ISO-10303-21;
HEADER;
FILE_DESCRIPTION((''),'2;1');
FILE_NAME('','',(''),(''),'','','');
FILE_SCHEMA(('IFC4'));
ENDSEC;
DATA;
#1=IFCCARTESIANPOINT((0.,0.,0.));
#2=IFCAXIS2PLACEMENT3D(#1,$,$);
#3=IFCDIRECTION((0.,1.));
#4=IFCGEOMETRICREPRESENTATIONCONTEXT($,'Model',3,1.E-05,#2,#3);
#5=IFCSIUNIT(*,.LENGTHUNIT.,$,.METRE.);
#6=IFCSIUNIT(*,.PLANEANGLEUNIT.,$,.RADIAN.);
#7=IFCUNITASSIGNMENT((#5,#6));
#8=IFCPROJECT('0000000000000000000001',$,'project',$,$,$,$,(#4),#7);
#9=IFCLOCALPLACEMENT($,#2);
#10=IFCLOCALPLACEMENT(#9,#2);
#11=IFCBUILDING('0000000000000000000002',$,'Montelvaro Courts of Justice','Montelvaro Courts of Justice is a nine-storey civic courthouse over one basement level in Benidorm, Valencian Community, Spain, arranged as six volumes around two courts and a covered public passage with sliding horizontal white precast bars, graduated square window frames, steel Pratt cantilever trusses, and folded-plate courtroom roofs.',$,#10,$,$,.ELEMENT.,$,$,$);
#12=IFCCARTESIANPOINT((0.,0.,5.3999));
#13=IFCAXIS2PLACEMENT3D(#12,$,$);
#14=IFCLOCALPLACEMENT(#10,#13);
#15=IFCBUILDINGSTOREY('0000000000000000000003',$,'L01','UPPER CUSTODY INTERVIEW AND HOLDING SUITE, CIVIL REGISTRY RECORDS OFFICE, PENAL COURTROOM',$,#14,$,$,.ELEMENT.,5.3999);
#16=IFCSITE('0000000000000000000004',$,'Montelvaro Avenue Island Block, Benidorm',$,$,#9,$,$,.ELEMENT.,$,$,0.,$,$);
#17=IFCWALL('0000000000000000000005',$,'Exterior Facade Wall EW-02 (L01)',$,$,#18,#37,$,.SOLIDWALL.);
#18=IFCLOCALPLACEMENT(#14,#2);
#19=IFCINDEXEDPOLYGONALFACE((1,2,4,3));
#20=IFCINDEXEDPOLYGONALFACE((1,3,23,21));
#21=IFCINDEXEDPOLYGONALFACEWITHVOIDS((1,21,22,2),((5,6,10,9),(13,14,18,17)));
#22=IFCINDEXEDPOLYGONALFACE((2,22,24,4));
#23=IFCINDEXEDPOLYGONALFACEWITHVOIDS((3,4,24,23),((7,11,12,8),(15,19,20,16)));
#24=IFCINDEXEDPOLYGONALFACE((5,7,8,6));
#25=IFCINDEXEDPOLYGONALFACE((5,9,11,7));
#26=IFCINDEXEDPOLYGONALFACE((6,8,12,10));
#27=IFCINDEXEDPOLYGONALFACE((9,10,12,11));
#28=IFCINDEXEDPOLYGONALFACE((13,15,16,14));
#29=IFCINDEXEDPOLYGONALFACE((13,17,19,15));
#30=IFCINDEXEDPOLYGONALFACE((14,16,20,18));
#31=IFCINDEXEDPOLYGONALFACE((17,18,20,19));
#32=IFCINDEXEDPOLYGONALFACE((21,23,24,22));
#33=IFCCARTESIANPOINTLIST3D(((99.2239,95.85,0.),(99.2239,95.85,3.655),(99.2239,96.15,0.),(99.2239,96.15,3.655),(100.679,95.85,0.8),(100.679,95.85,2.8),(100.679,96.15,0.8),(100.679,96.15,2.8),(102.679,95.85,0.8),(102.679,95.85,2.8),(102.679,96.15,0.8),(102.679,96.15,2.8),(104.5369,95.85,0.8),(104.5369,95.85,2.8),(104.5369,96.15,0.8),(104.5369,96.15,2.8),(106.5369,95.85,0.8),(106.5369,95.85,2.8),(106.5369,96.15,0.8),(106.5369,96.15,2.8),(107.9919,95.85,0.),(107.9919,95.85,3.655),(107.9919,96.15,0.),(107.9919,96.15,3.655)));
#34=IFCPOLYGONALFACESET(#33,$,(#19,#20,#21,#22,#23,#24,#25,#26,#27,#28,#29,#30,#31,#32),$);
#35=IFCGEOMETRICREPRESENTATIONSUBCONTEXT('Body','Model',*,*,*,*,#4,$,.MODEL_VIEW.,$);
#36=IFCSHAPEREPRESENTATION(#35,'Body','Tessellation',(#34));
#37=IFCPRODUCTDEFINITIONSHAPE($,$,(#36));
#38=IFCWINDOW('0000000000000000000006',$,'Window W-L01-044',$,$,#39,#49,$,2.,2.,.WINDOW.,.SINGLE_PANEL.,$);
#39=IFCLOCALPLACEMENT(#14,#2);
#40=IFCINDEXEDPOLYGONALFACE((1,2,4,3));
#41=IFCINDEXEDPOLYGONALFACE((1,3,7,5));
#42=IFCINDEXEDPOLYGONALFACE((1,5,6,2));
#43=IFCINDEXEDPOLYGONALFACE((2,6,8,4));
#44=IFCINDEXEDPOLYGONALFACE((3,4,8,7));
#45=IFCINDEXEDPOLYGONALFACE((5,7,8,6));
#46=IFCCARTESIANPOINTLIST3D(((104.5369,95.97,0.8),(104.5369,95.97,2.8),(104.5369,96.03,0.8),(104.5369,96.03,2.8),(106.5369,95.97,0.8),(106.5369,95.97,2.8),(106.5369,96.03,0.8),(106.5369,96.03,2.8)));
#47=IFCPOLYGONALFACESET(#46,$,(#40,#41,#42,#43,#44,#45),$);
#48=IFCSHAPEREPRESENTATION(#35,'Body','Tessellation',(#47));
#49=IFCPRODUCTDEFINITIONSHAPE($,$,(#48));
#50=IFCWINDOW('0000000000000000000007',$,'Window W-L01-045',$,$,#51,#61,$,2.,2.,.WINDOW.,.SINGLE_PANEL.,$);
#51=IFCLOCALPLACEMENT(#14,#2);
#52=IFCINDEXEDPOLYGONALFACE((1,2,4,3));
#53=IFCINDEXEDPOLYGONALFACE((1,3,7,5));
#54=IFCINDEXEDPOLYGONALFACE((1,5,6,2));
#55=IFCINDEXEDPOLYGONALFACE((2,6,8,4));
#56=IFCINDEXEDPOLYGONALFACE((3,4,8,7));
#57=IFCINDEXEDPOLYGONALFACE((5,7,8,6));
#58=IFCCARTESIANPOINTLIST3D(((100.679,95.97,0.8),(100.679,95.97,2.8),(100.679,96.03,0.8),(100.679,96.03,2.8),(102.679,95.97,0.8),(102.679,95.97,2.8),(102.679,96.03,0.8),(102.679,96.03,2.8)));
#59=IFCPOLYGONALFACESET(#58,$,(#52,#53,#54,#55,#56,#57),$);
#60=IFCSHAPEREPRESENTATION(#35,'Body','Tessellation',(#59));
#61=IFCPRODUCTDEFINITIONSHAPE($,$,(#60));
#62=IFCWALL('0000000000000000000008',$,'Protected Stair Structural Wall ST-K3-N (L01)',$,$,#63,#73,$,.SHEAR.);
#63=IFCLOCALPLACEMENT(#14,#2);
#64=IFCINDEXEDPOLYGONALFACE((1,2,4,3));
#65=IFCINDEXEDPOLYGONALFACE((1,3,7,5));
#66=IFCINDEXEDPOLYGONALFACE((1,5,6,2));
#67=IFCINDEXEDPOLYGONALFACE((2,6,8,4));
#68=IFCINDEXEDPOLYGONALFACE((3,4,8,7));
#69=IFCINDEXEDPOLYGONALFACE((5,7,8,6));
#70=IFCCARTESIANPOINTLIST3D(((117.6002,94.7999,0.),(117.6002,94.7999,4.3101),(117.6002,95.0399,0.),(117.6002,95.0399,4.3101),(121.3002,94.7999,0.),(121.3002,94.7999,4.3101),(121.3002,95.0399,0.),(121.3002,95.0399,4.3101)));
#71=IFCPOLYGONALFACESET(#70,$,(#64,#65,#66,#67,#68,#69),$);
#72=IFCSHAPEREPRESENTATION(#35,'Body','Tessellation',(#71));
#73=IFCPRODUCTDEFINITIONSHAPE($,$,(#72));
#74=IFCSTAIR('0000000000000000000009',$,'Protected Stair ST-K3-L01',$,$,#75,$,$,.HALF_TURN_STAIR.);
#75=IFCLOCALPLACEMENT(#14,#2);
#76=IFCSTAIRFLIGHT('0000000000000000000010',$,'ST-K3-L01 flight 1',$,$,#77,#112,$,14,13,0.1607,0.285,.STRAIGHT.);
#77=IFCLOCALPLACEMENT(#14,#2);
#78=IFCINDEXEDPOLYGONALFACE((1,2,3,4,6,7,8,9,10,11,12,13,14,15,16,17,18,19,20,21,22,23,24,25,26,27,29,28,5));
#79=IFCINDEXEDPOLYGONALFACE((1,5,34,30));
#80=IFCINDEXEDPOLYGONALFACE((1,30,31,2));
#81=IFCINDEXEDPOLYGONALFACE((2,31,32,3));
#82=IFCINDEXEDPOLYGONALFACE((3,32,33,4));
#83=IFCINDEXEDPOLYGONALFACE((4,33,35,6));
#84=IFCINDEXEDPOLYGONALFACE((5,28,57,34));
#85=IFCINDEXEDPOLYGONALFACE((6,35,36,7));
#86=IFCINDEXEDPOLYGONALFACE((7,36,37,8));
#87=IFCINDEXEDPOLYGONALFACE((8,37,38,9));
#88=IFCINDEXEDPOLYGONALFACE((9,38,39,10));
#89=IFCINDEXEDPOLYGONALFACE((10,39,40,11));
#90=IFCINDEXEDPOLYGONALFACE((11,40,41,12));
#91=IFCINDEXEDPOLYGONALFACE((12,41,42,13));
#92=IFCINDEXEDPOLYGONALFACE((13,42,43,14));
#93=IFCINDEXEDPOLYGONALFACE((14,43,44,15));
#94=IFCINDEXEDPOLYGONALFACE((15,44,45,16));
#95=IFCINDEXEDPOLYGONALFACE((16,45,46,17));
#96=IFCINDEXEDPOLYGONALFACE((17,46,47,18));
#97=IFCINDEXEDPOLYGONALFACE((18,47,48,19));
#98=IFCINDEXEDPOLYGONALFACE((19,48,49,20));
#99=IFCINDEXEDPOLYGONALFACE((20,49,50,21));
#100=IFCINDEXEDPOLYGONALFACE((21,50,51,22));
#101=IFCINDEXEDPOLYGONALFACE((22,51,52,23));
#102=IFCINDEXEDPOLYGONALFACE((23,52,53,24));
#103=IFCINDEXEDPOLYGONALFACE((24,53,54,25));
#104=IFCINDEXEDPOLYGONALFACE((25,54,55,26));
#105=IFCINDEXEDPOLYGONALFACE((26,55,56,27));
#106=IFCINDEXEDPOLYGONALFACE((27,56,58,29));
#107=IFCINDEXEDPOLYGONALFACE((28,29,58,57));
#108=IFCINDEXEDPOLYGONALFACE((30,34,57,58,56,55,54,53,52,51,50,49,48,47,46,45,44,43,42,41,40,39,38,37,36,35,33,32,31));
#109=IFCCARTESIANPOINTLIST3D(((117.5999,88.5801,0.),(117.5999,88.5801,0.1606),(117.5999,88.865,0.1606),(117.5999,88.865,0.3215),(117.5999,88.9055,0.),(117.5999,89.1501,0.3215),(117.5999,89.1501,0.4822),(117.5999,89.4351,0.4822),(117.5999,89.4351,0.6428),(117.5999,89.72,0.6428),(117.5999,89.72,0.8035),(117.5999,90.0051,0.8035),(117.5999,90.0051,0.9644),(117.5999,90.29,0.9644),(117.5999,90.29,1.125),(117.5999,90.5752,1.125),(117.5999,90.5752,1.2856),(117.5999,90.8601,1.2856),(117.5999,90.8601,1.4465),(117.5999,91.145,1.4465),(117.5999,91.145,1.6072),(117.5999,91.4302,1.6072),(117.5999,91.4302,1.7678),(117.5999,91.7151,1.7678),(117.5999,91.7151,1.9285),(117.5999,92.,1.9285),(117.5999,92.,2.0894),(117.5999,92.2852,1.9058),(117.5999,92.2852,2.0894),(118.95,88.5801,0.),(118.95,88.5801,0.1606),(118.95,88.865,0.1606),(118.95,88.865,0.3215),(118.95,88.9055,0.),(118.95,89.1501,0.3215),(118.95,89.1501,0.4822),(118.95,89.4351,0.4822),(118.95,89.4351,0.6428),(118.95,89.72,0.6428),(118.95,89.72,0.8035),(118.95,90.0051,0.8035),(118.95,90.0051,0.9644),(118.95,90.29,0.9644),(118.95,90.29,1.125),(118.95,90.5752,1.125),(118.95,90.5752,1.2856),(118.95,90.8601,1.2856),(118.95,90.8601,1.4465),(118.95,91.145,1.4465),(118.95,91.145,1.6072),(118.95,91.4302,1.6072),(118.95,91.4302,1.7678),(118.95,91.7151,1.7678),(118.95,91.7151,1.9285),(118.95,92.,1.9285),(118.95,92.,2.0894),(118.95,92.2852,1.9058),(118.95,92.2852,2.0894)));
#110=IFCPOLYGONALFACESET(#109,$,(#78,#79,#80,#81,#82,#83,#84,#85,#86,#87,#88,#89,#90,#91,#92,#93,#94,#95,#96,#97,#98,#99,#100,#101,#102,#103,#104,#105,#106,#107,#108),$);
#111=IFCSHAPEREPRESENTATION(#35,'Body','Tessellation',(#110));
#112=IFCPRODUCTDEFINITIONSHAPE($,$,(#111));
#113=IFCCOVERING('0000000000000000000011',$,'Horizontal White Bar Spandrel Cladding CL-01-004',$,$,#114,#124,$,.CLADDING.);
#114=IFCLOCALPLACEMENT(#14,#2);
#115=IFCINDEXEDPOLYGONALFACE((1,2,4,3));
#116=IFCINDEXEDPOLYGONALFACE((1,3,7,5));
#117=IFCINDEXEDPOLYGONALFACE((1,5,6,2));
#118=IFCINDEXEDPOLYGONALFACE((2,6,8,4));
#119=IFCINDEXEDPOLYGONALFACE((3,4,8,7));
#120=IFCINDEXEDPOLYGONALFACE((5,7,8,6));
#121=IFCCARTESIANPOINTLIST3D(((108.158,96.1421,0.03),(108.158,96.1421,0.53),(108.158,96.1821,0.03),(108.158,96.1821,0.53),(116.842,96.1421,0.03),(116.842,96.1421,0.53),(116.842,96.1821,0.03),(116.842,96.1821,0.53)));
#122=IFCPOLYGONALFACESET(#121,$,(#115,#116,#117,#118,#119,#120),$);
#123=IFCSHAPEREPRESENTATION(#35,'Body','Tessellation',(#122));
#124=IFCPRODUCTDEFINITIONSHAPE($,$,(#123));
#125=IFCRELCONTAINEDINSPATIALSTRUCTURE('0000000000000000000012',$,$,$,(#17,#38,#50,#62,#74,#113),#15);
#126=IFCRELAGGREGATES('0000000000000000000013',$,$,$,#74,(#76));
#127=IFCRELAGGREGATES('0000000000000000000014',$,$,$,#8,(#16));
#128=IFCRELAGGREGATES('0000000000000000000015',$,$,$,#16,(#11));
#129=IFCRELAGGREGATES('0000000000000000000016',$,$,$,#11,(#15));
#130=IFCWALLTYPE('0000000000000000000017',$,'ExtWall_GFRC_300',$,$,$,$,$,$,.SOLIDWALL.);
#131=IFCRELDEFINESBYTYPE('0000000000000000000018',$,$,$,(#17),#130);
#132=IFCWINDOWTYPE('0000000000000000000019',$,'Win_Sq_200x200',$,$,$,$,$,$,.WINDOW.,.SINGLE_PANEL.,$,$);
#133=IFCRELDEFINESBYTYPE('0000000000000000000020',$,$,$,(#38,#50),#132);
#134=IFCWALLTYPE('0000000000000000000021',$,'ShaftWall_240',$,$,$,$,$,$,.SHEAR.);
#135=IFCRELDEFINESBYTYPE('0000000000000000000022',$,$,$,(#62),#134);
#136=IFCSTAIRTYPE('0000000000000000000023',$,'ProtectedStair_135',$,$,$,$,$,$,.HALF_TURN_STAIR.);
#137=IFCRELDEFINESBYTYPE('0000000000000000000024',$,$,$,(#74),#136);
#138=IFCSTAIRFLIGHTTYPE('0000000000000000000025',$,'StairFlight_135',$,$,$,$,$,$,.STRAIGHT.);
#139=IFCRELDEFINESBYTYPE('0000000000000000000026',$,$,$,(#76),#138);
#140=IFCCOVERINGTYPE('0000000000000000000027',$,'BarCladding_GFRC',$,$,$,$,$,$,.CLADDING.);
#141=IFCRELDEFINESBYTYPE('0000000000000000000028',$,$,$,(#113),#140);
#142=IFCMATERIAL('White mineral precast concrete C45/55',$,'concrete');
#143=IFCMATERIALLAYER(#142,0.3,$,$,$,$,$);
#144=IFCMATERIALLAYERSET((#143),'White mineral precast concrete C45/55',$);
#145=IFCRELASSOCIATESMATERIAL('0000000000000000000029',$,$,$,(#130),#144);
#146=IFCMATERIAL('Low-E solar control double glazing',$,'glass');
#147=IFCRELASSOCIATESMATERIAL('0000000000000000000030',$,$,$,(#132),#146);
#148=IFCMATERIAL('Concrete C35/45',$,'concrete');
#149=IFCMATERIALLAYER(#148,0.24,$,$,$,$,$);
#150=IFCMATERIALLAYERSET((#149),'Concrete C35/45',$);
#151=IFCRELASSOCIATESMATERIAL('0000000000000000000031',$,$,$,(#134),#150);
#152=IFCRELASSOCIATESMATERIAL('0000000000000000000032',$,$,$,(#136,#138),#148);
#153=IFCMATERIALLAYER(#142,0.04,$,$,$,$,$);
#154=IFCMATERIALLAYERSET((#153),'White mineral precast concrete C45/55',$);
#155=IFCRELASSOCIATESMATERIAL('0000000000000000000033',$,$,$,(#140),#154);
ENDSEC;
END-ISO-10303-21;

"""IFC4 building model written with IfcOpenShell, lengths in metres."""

from ifc_helpers import new_model, si_unit, direction, frame, frame_2d, origin, origin_2d, place, context, subcontext, project, spatial, polyline, rectangle, outline, extrude, material, layer, layer_set, type_object, element, fill, aggregate, save


model = new_model("IFC4")

# Units and contexts
model_context = context("Model", 3, precision=1e-05, world=origin(), true_north=direction((0.0, 1.0)))
body_context = subcontext(model_context, "Body", "Model", "MODEL_VIEW")
ifc_project = project(units=[si_unit("LENGTHUNIT", "METRE"), si_unit("PLANEANGLEUNIT", "RADIAN")], contexts=[model_context])

# Site, building, storey
site_placement = place(None, origin())
site = spatial("IfcSite", under=ifc_project, at=site_placement, Name="Montelvaro Avenue Island Block, Benidorm", CompositionType="ELEMENT", RefElevation=0.0)
building_placement = place(site_placement, origin())
building = spatial("IfcBuilding", under=site, at=building_placement, Name="Montelvaro Courts of Justice", Description="Montelvaro Courts of Justice is a nine-storey civic courthouse over one basement level in Benidorm, Valencian Community, Spain, arranged as six volumes around two courts and a covered public passage with sliding horizontal white precast bars, graduated square window frames, steel Pratt cantilever trusses, and folded-plate courtroom roofs.", CompositionType="ELEMENT")
storey_placement = place(building_placement, frame((0.0, 0.0, 5.3999)))
storey = spatial("IfcBuildingStorey", under=building, at=storey_placement, Name="L01", Description="UPPER CUSTODY INTERVIEW AND HOLDING SUITE, CIVIL REGISTRY RECORDS OFFICE, PENAL COURTROOM", CompositionType="ELEMENT", Elevation=5.3999)

# Shared definitions
ifc_material_1 = material(Name="White mineral precast concrete C45/55", Category="concrete")
ifc_layer_1 = layer(ifc_material_1, 0.3)
ifc_layer_set_1 = layer_set([ifc_layer_1], Name="White mineral precast concrete C45/55")
wall_type_1 = type_object("IfcWallType", Name="ExtWall_GFRC_300", PredefinedType="SOLIDWALL", material=ifc_layer_set_1)

# Wall, openings, windows
wall_1_placement = place(storey_placement, frame((107.9919, 96.0, 0.0), z_axis=(0.0, 0.0, 1.0), x_axis=(-1.0, 0.0, 0.0)))
wall_1 = element("IfcWall", 1, at=wall_1_placement, inside=storey, type_object=wall_type_1, Name="Exterior Facade Wall EW-02 (L01)", PredefinedType="SOLIDWALL", context=body_context, shape_type="SweptSolid", body=[
    extrude(rectangle(XDim=8.7681, YDim=0.3, at=frame_2d((4.384, 0.0))), origin(), (0.0, 0.0, 1.0), 3.655),
])
opening_1_placement = place(wall_1_placement, frame((1.4551, 0.0, 0.8)))
opening_1 = element("IfcOpeningElement", 2, at=opening_1_placement, cuts=wall_1, PredefinedType="OPENING", context=body_context, shape_type="SweptSolid", body=[
    extrude(rectangle(XDim=2.0, YDim=2.0, at=frame_2d((1.0, 1.0))), frame((0.0, 0.165, 0.0), z_axis=(0.0, -1.0, 0.0), x_axis=(1.0, 0.0, 0.0)), (0.0, 0.0, 1.0), 0.3298),
])
opening_2_placement = place(wall_1_placement, frame((5.313, 0.0, 0.8)))
opening_2 = element("IfcOpeningElement", 3, at=opening_2_placement, cuts=wall_1, PredefinedType="OPENING", context=body_context, shape_type="SweptSolid", body=[
    extrude(rectangle(XDim=2.0, YDim=2.0, at=frame_2d((1.0, 1.0))), frame((0.0, 0.165, 0.0), z_axis=(0.0, -1.0, 0.0), x_axis=(1.0, 0.0, 0.0)), (0.0, 0.0, 1.0), 0.3298),
])
ifc_material_2 = material(Name="Low-E solar control double glazing", Category="glass")
window_type = type_object("IfcWindowType", Name="Win_Sq_200x200", PartitioningType="SINGLE_PANEL", PredefinedType="WINDOW", material=ifc_material_2)
window_1_placement = place(opening_1_placement, origin())
window_1 = element("IfcWindow", 4, at=window_1_placement, inside=storey, type_object=window_type, Name="Window W-L01-044", OverallHeight=2.0, OverallWidth=2.0, PartitioningType="SINGLE_PANEL", PredefinedType="WINDOW", context=body_context, shape_type="SweptSolid", body=[
    extrude(rectangle(XDim=2.0, YDim=2.0, at=frame_2d((1.0, 1.0))), frame((0.0, 0.03, 0.0), z_axis=(0.0, -1.0, 0.0), x_axis=(1.0, 0.0, 0.0)), (0.0, 0.0, 1.0), 0.0601),
])
fill(opening_1, window_1)
window_2_placement = place(opening_2_placement, origin())
window_2 = element("IfcWindow", 5, at=window_2_placement, inside=storey, type_object=window_type, Name="Window W-L01-045", OverallHeight=2.0, OverallWidth=2.0, PartitioningType="SINGLE_PANEL", PredefinedType="WINDOW", context=body_context, shape_type="SweptSolid", body=[
    extrude(rectangle(XDim=2.0, YDim=2.0, at=frame_2d((1.0, 1.0))), frame((0.0, 0.03, 0.0), z_axis=(0.0, -1.0, 0.0), x_axis=(1.0, 0.0, 0.0)), (0.0, 0.0, 1.0), 0.0601),
])
fill(opening_2, window_2)

# Wall
ifc_material_3 = material(Name="Concrete C35/45", Category="concrete")
ifc_layer_2 = layer(ifc_material_3, 0.24)
ifc_layer_set_2 = layer_set([ifc_layer_2], Name="Concrete C35/45")
wall_type_2 = type_object("IfcWallType", Name="ShaftWall_240", PredefinedType="SHEAR", material=ifc_layer_set_2)
wall_2_placement = place(storey_placement, frame((117.6001, 94.9199, 0.0), z_axis=(0.0, 0.0, 1.0), x_axis=(1.0, 0.0, 0.0)))
element("IfcWall", 6, at=wall_2_placement, inside=storey, type_object=wall_type_2, Name="Protected Stair Structural Wall ST-K3-N (L01)", PredefinedType="SHEAR", context=body_context, shape_type="SweptSolid", body=[
    extrude(rectangle(XDim=3.7, YDim=0.24, at=frame_2d((1.8501, 0.0))), origin(), (0.0, 0.0, 1.0), 4.3101),
])

# Stair, stair flight
stair_type = type_object("IfcStairType", Name="ProtectedStair_135", PredefinedType="HALF_TURN_STAIR", material=ifc_material_3)
stair_placement = place(storey_placement, origin())
stair = element("IfcStair", 7, at=stair_placement, inside=storey, type_object=stair_type, Name="Protected Stair ST-K3-L01", PredefinedType="HALF_TURN_STAIR")
stair_flight_type = type_object("IfcStairFlightType", Name="StairFlight_135", PredefinedType="STRAIGHT", material=ifc_material_3)
stair_flight_placement = place(storey_placement, frame((118.2749, 88.5801, 0.0), z_axis=(0.0, 0.0, 1.0), x_axis=(0.0, 1.0, 0.0)))
stair_flight = element("IfcStairFlight", 8, at=stair_flight_placement, type_object=stair_flight_type, Name="ST-K3-L01 flight 1", NumberOfRisers=14, NumberOfTreads=13, PredefinedType="STRAIGHT", RiserHeight=0.1607, TreadLength=0.285, context=body_context, shape_type="SweptSolid", body=[
    extrude(outline(polyline([(0.0, 0.0), (0.0, 0.1606), (0.2849, 0.1606), (0.2849, 0.3215), (0.5701, 0.3215), (0.5701, 0.4822), (0.855, 0.4822), (0.855, 0.6428), (1.1399, 0.6428), (1.1399, 0.8035), (1.425, 0.8035), (1.425, 0.9644), (1.71, 0.9644), (1.71, 1.125), (1.9951, 1.125), (1.9951, 1.2856), (2.28, 1.2856), (2.28, 1.4465), (2.5649, 1.4465), (2.5649, 1.6072), (2.8501, 1.6072), (2.8501, 1.7678), (3.135, 1.7678), (3.135, 1.9285), (3.4199, 1.9285), (3.4199, 2.0894), (3.7051, 2.0894), (3.7051, 2.25), (3.7051, 1.9058), (0.3254, 0.0), (0.0, 0.0)])), frame((0.0, 0.675, 0.0), z_axis=(0.0, -1.0, 0.0), x_axis=(1.0, 0.0, 0.0)), (0.0, 0.0, 1.0), 1.3501),
])
aggregate(stair, [stair_flight])

# Covering
ifc_layer_3 = layer(ifc_material_1, 0.04)
ifc_layer_set_3 = layer_set([ifc_layer_3], Name="White mineral precast concrete C45/55")
covering_type = type_object("IfcCoveringType", Name="BarCladding_GFRC", PredefinedType="CLADDING", material=ifc_layer_set_3)
covering_placement = place(storey_placement, frame((112.5, 96.1621, 0.03), z_axis=(0.0, 0.0, 1.0), x_axis=(-1.0, 0.0, 0.0)))
element("IfcCovering", 9, at=covering_placement, inside=storey, type_object=covering_type, Name="Horizontal White Bar Spandrel Cladding CL-01-004", PredefinedType="CLADDING", context=body_context, shape_type="SweptSolid", body=[
    extrude(rectangle(XDim=8.6841, YDim=0.04, at=origin_2d()), origin(), (0.0, 0.0, 1.0), 0.5),
])

save(model, "model.ifc")
